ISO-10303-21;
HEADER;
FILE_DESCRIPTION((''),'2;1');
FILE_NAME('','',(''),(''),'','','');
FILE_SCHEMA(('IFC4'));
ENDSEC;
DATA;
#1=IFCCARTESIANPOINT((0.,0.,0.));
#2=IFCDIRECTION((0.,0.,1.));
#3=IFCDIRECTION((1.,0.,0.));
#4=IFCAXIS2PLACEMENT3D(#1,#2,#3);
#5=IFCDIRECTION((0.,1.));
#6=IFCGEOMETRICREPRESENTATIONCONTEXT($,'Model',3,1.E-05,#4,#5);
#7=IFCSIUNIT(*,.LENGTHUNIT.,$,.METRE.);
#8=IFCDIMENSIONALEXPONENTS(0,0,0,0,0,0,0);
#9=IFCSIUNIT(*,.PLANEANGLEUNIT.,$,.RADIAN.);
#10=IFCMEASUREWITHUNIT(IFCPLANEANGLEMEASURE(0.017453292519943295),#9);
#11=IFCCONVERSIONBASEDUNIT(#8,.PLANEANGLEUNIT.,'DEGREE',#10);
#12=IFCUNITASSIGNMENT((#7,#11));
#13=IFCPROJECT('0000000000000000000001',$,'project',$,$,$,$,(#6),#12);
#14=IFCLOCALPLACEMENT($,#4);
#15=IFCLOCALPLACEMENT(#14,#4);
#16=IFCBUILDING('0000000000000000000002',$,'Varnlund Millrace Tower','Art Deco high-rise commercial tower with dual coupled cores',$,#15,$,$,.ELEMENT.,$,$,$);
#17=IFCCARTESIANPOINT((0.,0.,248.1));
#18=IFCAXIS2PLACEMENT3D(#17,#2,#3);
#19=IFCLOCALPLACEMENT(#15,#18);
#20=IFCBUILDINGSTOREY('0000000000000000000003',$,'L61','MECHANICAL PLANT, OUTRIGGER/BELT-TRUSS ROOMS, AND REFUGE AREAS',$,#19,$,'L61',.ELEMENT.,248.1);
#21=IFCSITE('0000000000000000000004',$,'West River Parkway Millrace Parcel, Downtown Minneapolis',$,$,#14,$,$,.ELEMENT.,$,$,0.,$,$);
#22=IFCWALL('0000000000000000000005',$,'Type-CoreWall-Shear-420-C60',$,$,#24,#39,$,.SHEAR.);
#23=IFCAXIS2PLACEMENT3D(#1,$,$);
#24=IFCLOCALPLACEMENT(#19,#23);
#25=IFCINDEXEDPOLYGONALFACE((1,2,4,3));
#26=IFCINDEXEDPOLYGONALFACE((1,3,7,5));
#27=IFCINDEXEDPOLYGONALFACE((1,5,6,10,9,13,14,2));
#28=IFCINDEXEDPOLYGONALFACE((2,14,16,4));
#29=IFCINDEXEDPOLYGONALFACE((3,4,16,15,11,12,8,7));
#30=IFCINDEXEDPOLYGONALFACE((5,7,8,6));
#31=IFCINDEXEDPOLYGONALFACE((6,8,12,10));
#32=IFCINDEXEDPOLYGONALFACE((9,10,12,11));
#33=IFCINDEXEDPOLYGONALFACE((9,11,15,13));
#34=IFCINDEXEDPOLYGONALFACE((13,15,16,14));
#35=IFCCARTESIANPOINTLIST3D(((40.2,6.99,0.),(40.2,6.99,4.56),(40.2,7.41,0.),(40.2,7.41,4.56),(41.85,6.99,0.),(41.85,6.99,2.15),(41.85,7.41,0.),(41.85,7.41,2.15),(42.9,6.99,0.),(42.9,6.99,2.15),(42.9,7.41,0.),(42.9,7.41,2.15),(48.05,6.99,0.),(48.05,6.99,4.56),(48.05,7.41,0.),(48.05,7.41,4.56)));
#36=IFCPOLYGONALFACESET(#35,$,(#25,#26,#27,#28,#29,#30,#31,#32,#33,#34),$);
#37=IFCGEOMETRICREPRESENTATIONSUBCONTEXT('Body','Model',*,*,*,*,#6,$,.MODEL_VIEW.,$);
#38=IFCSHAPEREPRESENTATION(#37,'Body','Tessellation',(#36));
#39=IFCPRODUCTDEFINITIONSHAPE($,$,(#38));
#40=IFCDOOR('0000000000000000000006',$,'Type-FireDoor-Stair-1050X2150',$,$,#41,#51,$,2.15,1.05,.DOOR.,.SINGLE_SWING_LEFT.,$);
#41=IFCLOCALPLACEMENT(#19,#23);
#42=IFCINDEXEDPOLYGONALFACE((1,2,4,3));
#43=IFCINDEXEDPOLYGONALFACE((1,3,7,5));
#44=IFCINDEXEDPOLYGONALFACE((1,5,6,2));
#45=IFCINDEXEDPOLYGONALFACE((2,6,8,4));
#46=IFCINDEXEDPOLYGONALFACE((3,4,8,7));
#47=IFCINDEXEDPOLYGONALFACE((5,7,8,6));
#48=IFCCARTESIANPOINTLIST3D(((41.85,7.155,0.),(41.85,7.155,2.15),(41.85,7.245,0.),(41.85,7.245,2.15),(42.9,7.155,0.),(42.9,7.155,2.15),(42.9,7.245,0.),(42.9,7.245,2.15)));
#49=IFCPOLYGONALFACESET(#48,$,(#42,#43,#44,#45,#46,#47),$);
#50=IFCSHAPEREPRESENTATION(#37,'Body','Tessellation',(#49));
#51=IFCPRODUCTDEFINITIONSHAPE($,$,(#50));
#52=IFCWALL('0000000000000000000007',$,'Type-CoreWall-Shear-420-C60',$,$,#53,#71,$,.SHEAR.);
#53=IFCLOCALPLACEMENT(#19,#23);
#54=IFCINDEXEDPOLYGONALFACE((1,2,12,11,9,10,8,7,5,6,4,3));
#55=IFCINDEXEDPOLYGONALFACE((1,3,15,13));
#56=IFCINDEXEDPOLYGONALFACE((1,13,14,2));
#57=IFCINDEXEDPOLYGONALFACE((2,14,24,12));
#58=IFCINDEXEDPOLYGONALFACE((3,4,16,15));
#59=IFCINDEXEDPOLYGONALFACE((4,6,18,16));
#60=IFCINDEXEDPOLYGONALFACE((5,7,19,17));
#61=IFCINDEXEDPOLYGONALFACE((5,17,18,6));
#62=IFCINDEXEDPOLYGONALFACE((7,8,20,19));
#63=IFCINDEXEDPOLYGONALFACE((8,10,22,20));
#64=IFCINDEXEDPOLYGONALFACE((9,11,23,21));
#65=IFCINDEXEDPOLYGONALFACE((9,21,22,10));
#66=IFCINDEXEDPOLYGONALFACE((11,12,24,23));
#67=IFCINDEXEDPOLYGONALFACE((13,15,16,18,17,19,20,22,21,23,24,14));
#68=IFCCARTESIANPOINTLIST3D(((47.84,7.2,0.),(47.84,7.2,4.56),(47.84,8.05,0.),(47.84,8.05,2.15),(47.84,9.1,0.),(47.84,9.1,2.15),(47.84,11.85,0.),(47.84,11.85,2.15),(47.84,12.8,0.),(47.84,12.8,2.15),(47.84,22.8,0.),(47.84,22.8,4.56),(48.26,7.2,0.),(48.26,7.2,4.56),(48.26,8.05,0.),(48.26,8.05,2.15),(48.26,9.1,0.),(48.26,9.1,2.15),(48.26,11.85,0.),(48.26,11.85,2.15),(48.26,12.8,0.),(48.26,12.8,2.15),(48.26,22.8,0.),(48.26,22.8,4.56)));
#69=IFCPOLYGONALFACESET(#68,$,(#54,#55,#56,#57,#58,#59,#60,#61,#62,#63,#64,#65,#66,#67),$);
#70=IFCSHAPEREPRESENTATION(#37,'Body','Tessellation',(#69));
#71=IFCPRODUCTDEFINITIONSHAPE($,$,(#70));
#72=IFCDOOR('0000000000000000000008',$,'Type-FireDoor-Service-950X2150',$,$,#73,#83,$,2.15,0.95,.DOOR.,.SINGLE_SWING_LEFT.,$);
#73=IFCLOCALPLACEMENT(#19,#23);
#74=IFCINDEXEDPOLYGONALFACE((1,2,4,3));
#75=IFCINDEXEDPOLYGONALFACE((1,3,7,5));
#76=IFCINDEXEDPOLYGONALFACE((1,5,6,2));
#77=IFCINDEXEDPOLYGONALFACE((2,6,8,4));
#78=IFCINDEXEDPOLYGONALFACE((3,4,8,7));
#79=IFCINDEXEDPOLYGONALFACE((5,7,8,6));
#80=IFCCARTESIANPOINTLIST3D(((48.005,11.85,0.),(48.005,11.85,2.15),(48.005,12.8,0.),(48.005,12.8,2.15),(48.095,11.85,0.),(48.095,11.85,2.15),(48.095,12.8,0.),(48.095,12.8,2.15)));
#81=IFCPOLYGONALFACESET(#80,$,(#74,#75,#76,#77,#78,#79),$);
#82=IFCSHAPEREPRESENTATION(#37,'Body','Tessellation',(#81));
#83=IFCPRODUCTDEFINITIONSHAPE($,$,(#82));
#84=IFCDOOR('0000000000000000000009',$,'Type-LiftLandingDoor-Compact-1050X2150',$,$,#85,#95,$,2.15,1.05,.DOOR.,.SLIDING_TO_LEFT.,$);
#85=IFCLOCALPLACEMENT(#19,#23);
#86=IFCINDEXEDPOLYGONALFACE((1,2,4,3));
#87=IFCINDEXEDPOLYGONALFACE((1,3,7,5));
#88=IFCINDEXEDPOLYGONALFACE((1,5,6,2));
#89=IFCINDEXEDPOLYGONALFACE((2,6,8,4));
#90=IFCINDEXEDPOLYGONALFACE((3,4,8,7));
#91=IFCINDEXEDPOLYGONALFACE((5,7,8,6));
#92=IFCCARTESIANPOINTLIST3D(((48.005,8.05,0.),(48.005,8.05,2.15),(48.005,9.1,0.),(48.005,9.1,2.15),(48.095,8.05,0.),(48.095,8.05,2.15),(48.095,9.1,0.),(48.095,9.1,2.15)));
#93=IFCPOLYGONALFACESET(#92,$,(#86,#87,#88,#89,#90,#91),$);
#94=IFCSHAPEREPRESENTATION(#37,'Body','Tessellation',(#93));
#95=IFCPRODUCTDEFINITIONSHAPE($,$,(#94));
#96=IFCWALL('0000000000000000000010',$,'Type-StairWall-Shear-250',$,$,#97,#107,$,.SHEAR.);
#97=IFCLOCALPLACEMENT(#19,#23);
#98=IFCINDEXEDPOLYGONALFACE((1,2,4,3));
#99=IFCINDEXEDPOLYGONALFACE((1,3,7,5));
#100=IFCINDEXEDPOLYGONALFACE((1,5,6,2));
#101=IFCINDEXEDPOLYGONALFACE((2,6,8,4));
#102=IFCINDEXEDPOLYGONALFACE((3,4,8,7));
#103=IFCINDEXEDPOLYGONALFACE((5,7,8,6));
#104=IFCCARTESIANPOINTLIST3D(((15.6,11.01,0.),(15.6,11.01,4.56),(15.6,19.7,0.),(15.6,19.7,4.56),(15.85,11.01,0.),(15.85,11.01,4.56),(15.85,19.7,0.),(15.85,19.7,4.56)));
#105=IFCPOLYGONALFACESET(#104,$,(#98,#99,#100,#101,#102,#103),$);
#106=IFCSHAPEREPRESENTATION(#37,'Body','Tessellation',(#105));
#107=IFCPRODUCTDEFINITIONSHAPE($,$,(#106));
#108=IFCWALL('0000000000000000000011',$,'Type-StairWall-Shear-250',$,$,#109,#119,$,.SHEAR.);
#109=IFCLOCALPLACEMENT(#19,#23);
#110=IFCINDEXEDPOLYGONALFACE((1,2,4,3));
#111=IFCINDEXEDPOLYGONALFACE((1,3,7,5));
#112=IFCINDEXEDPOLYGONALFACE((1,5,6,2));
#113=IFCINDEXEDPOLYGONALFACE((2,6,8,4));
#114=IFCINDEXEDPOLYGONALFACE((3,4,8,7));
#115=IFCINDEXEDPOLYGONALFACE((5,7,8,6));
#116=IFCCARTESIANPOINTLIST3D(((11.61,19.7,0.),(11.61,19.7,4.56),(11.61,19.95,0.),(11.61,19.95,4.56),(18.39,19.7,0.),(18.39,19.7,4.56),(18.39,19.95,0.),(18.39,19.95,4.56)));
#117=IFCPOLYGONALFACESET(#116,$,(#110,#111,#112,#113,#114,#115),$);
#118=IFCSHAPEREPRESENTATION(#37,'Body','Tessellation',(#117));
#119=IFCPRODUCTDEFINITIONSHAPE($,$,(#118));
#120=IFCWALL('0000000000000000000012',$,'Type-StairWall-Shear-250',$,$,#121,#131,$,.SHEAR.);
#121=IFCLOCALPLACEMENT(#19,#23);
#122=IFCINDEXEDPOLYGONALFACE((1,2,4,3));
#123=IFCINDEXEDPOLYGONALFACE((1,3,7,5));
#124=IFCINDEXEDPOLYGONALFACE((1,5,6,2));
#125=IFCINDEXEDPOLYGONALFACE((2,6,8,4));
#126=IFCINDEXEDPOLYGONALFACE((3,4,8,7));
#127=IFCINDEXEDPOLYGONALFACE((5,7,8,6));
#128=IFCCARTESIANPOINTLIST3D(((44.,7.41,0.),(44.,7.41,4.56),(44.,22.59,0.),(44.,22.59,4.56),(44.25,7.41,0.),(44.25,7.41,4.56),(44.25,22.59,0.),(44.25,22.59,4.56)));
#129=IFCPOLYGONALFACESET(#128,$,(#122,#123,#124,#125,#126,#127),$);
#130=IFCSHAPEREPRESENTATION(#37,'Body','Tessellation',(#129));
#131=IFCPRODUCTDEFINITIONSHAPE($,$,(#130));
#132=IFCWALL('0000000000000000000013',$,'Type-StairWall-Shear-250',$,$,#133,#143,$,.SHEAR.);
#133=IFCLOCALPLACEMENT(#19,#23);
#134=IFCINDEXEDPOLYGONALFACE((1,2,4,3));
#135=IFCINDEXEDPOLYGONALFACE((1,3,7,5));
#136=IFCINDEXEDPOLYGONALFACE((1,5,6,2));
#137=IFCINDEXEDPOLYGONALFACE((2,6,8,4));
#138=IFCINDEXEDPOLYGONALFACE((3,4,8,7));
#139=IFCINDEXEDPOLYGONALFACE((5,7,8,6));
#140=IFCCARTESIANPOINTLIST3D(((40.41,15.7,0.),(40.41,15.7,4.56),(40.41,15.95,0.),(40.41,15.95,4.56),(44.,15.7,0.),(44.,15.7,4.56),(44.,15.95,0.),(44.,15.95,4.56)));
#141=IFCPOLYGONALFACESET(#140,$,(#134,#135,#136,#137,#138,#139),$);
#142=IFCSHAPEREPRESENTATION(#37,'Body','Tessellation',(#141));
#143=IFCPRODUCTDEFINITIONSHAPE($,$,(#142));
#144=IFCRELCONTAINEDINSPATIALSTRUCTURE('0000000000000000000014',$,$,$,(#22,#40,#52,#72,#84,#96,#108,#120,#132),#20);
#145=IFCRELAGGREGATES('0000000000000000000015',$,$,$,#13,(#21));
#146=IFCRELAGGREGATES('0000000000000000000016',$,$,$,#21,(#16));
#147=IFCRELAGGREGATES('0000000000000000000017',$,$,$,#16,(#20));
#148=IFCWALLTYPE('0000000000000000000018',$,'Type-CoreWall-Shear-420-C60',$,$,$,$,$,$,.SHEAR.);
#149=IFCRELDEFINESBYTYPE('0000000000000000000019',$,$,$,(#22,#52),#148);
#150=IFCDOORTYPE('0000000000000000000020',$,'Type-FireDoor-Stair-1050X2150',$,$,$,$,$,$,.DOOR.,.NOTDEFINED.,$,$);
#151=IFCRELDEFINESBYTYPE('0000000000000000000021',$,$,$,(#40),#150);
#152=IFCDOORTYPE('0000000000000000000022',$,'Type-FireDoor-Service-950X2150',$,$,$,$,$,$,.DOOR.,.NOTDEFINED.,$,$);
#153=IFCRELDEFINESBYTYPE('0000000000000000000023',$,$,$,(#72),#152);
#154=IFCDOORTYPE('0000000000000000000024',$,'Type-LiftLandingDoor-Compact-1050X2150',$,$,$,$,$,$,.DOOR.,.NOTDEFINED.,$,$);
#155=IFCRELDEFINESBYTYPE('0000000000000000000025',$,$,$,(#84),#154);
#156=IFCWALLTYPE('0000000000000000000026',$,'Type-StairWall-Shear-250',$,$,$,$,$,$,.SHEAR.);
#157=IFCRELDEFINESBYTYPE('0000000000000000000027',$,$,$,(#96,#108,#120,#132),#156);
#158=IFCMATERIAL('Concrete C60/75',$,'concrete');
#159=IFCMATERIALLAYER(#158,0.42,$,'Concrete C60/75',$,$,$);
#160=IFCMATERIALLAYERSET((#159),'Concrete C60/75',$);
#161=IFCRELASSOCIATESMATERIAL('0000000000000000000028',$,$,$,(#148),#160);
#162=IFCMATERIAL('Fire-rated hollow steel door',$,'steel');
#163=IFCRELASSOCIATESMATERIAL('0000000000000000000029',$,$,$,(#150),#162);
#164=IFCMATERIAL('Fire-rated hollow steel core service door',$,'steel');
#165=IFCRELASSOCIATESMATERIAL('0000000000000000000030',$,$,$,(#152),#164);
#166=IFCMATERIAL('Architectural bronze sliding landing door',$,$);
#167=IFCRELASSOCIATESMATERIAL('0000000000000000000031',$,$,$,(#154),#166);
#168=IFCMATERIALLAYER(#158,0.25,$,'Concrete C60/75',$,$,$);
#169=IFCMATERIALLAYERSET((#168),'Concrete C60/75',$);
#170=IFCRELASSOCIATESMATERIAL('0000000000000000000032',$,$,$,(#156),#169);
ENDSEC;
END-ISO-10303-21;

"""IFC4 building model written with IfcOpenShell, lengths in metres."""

from ifc_helpers import new_model, entity, si_unit, converted_unit, direction, frame, origin_with_axes, origin_2d_with_axis, place, context, subcontext, project, spatial, polyline, rectangle, outline, extrude, material, layer, layer_set, type_object, element, fill, save


model = new_model("IFC4")

# Units and contexts
model_context = context("Model", 3, precision=1e-05, world=origin_with_axes(), true_north=direction((0.0, 1.0)))
body_context = subcontext(model_context, "Body", "Model", "MODEL_VIEW")
ifc_project = project(units=[si_unit("LENGTHUNIT", "METRE"), converted_unit("PLANEANGLEUNIT", "DEGREE", entity("IfcPlaneAngleMeasure", 0.017453292519943295), si_unit("PLANEANGLEUNIT", "RADIAN"), dimensions=[0, 0, 0, 0, 0, 0, 0])], contexts=[model_context])

# Site, building, storey
site_placement = place(None, origin_with_axes())
site = spatial("IfcSite", under=ifc_project, at=site_placement, Name="West River Parkway Millrace Parcel, Downtown Minneapolis", CompositionType="ELEMENT", RefElevation=0.0)
building_placement = place(site_placement, origin_with_axes())
building = spatial("IfcBuilding", under=site, at=building_placement, Name="Varnlund Millrace Tower", Description="Art Deco high-rise commercial tower with dual coupled cores", CompositionType="ELEMENT")
storey_placement = place(building_placement, frame((0.0, 0.0, 248.1), z_axis=(0.0, 0.0, 1.0), x_axis=(1.0, 0.0, 0.0)))
storey = spatial("IfcBuildingStorey", under=building, at=storey_placement, Name="L61", Description="MECHANICAL PLANT, OUTRIGGER/BELT-TRUSS ROOMS, AND REFUGE AREAS", LongName="L61", CompositionType="ELEMENT", Elevation=248.1)

# Shared definitions
ifc_material_1 = material(Name="Concrete C60/75", Category="concrete")
ifc_layer_1 = layer(ifc_material_1, 0.42, Name="Concrete C60/75")
ifc_layer_set_1 = layer_set([ifc_layer_1], Name="Concrete C60/75")
wall_type_1 = type_object("IfcWallType", Name="Type-CoreWall-Shear-420-C60", PredefinedType="SHEAR", material=ifc_layer_set_1)

# Shared definitions
ifc_material_2 = material(Name="Fire-rated hollow steel door", Category="steel")
door_type_1 = type_object("IfcDoorType", Name="Type-FireDoor-Stair-1050X2150", OperationType="NOTDEFINED", PredefinedType="DOOR", material=ifc_material_2)

# Shared definitions
ifc_material_3 = material(Name="Fire-rated hollow steel core service door", Category="steel")
door_type_2 = type_object("IfcDoorType", Name="Type-FireDoor-Service-950X2150", OperationType="NOTDEFINED", PredefinedType="DOOR", material=ifc_material_3)

# Wall, opening, door
wall_1_placement = place(storey_placement, frame((40.2, 7.2, 0.0), z_axis=(0.0, 0.0, 1.0), x_axis=(1.0, 0.0, 0.0)))
wall_1 = element("IfcWall", 1, at=wall_1_placement, inside=storey, type_object=wall_type_1, Name="Type-CoreWall-Shear-420-C60", PredefinedType="SHEAR", context=body_context, shape_type="SweptSolid", body=[
    extrude(outline(polyline([(0.0, -0.21), (7.85, -0.21), (7.85, 0.21), (0.0, 0.21), (0.0, -0.21)])), origin_with_axes(), (0.0, 0.0, 1.0), 4.56),
])
opening_1_placement = place(wall_1_placement, frame((2.175, 0.0, 0.0), z_axis=(0.0, 0.0, 1.0), x_axis=(1.0, 0.0, 0.0)))
opening_1 = element("IfcOpeningElement", 2, at=opening_1_placement, cuts=wall_1, PredefinedType="OPENING", context=body_context, shape_type="SweptSolid", body=[
    extrude(rectangle(XDim=1.05, YDim=0.44, at=origin_2d_with_axis()), origin_with_axes(), (0.0, 0.0, 1.0), 2.15),
])
door_1_placement = place(wall_1_placement, frame((2.175, 0.0, 0.0), z_axis=(0.0, 0.0, 1.0), x_axis=(1.0, 0.0, 0.0)))
door_1 = element("IfcDoor", 3, at=door_1_placement, inside=storey, type_object=door_type_1, Name="Type-FireDoor-Stair-1050X2150", OperationType="SINGLE_SWING_LEFT", OverallHeight=2.15, OverallWidth=1.05, PredefinedType="DOOR", context=body_context, shape_type="SweptSolid", body=[
    extrude(rectangle(XDim=1.05, YDim=0.09, at=origin_2d_with_axis()), origin_with_axes(), (0.0, 0.0, 1.0), 2.15),
])
fill(opening_1, door_1)

# Wall, openings, doors
wall_2_placement = place(storey_placement, frame((48.05, 7.2, 0.0), z_axis=(0.0, 0.0, 1.0), x_axis=(0.0, 1.0, 0.0)))
wall_2 = element("IfcWall", 4, at=wall_2_placement, inside=storey, type_object=wall_type_1, Name="Type-CoreWall-Shear-420-C60", PredefinedType="SHEAR", context=body_context, shape_type="SweptSolid", body=[
    extrude(outline(polyline([(0.0, -0.21), (15.6, -0.21), (15.6, 0.21), (0.0, 0.21), (0.0, -0.21)])), origin_with_axes(), (0.0, 0.0, 1.0), 4.56),
])
opening_2_placement = place(wall_2_placement, frame((1.375, 0.0, 0.0), z_axis=(0.0, 0.0, 1.0), x_axis=(1.0, 0.0, 0.0)))
opening_2 = element("IfcOpeningElement", 5, at=opening_2_placement, cuts=wall_2, PredefinedType="OPENING", context=body_context, shape_type="SweptSolid", body=[
    extrude(rectangle(XDim=1.05, YDim=0.44, at=origin_2d_with_axis()), origin_with_axes(), (0.0, 0.0, 1.0), 2.15),
])
opening_3_placement = place(wall_2_placement, frame((5.125, 0.0, 0.0), z_axis=(0.0, 0.0, 1.0), x_axis=(1.0, 0.0, 0.0)))
opening_3 = element("IfcOpeningElement", 6, at=opening_3_placement, cuts=wall_2, PredefinedType="OPENING", context=body_context, shape_type="SweptSolid", body=[
    extrude(rectangle(XDim=0.95, YDim=0.44, at=origin_2d_with_axis()), origin_with_axes(), (0.0, 0.0, 1.0), 2.15),
])
door_2_placement = place(wall_2_placement, frame((5.125, 0.0, 0.0), z_axis=(0.0, 0.0, 1.0), x_axis=(1.0, 0.0, 0.0)))
door_2 = element("IfcDoor", 7, at=door_2_placement, inside=storey, type_object=door_type_2, Name="Type-FireDoor-Service-950X2150", OperationType="SINGLE_SWING_LEFT", OverallHeight=2.15, OverallWidth=0.95, PredefinedType="DOOR", context=body_context, shape_type="SweptSolid", body=[
    extrude(rectangle(XDim=0.95, YDim=0.09, at=origin_2d_with_axis()), origin_with_axes(), (0.0, 0.0, 1.0), 2.15),
])
fill(opening_3, door_2)
ifc_material_4 = material(Name="Architectural bronze sliding landing door")
door_type_3 = type_object("IfcDoorType", Name="Type-LiftLandingDoor-Compact-1050X2150", OperationType="NOTDEFINED", PredefinedType="DOOR", material=ifc_material_4)
door_3_placement = place(wall_2_placement, frame((1.375, 0.0, 0.0), z_axis=(0.0, 0.0, 1.0), x_axis=(1.0, 0.0, 0.0)))
door_3 = element("IfcDoor", 8, at=door_3_placement, inside=storey, type_object=door_type_3, Name="Type-LiftLandingDoor-Compact-1050X2150", OperationType="SLIDING_TO_LEFT", OverallHeight=2.15, OverallWidth=1.05, PredefinedType="DOOR", context=body_context, shape_type="SweptSolid", body=[
    extrude(rectangle(XDim=1.05, YDim=0.09, at=origin_2d_with_axis()), origin_with_axes(), (0.0, 0.0, 1.0), 2.15),
])
fill(opening_2, door_3)

# Walls
ifc_layer_2 = layer(ifc_material_1, 0.25, Name="Concrete C60/75")
ifc_layer_set_2 = layer_set([ifc_layer_2], Name="Concrete C60/75")
wall_type_2 = type_object("IfcWallType", Name="Type-StairWall-Shear-250", PredefinedType="SHEAR", material=ifc_layer_set_2)
wall_3_placement = place(storey_placement, frame((15.725, 11.01, 0.0), z_axis=(0.0, 0.0, 1.0), x_axis=(0.0, 1.0, 0.0)))
element("IfcWall", 9, at=wall_3_placement, inside=storey, type_object=wall_type_2, Name="Type-StairWall-Shear-250", PredefinedType="SHEAR", context=body_context, shape_type="SweptSolid", body=[
    extrude(outline(polyline([(0.0, -0.125), (8.69, -0.125), (8.69, 0.125), (0.0, 0.125), (0.0, -0.125)])), origin_with_axes(), (0.0, 0.0, 1.0), 4.56),
])
wall_4_placement = place(storey_placement, frame((11.61, 19.825, 0.0), z_axis=(0.0, 0.0, 1.0), x_axis=(1.0, 0.0, 0.0)))
element("IfcWall", 10, at=wall_4_placement, inside=storey, type_object=wall_type_2, Name="Type-StairWall-Shear-250", PredefinedType="SHEAR", context=body_context, shape_type="SweptSolid", body=[
    extrude(outline(polyline([(0.0, -0.125), (6.78, -0.125), (6.78, 0.125), (0.0, 0.125), (0.0, -0.125)])), origin_with_axes(), (0.0, 0.0, 1.0), 4.56),
])
wall_5_placement = place(storey_placement, frame((44.125, 7.41, 0.0), z_axis=(0.0, 0.0, 1.0), x_axis=(0.0, 1.0, 0.0)))
element("IfcWall", 11, at=wall_5_placement, inside=storey, type_object=wall_type_2, Name="Type-StairWall-Shear-250", PredefinedType="SHEAR", context=body_context, shape_type="SweptSolid", body=[
    extrude(outline(polyline([(0.0, -0.125), (15.18, -0.125), (15.18, 0.125), (0.0, 0.125), (0.0, -0.125)])), origin_with_axes(), (0.0, 0.0, 1.0), 4.56),
])
wall_6_placement = place(storey_placement, frame((40.41, 15.825, 0.0), z_axis=(0.0, 0.0, 1.0), x_axis=(1.0, 0.0, 0.0)))
element("IfcWall", 12, at=wall_6_placement, inside=storey, type_object=wall_type_2, Name="Type-StairWall-Shear-250", PredefinedType="SHEAR", context=body_context, shape_type="SweptSolid", body=[
    extrude(outline(polyline([(0.0, -0.125), (3.59, -0.125), (3.59, 0.125), (0.0, 0.125), (0.0, -0.125)])), origin_with_axes(), (0.0, 0.0, 1.0), 4.56),
])

save(model, "model.ifc")
